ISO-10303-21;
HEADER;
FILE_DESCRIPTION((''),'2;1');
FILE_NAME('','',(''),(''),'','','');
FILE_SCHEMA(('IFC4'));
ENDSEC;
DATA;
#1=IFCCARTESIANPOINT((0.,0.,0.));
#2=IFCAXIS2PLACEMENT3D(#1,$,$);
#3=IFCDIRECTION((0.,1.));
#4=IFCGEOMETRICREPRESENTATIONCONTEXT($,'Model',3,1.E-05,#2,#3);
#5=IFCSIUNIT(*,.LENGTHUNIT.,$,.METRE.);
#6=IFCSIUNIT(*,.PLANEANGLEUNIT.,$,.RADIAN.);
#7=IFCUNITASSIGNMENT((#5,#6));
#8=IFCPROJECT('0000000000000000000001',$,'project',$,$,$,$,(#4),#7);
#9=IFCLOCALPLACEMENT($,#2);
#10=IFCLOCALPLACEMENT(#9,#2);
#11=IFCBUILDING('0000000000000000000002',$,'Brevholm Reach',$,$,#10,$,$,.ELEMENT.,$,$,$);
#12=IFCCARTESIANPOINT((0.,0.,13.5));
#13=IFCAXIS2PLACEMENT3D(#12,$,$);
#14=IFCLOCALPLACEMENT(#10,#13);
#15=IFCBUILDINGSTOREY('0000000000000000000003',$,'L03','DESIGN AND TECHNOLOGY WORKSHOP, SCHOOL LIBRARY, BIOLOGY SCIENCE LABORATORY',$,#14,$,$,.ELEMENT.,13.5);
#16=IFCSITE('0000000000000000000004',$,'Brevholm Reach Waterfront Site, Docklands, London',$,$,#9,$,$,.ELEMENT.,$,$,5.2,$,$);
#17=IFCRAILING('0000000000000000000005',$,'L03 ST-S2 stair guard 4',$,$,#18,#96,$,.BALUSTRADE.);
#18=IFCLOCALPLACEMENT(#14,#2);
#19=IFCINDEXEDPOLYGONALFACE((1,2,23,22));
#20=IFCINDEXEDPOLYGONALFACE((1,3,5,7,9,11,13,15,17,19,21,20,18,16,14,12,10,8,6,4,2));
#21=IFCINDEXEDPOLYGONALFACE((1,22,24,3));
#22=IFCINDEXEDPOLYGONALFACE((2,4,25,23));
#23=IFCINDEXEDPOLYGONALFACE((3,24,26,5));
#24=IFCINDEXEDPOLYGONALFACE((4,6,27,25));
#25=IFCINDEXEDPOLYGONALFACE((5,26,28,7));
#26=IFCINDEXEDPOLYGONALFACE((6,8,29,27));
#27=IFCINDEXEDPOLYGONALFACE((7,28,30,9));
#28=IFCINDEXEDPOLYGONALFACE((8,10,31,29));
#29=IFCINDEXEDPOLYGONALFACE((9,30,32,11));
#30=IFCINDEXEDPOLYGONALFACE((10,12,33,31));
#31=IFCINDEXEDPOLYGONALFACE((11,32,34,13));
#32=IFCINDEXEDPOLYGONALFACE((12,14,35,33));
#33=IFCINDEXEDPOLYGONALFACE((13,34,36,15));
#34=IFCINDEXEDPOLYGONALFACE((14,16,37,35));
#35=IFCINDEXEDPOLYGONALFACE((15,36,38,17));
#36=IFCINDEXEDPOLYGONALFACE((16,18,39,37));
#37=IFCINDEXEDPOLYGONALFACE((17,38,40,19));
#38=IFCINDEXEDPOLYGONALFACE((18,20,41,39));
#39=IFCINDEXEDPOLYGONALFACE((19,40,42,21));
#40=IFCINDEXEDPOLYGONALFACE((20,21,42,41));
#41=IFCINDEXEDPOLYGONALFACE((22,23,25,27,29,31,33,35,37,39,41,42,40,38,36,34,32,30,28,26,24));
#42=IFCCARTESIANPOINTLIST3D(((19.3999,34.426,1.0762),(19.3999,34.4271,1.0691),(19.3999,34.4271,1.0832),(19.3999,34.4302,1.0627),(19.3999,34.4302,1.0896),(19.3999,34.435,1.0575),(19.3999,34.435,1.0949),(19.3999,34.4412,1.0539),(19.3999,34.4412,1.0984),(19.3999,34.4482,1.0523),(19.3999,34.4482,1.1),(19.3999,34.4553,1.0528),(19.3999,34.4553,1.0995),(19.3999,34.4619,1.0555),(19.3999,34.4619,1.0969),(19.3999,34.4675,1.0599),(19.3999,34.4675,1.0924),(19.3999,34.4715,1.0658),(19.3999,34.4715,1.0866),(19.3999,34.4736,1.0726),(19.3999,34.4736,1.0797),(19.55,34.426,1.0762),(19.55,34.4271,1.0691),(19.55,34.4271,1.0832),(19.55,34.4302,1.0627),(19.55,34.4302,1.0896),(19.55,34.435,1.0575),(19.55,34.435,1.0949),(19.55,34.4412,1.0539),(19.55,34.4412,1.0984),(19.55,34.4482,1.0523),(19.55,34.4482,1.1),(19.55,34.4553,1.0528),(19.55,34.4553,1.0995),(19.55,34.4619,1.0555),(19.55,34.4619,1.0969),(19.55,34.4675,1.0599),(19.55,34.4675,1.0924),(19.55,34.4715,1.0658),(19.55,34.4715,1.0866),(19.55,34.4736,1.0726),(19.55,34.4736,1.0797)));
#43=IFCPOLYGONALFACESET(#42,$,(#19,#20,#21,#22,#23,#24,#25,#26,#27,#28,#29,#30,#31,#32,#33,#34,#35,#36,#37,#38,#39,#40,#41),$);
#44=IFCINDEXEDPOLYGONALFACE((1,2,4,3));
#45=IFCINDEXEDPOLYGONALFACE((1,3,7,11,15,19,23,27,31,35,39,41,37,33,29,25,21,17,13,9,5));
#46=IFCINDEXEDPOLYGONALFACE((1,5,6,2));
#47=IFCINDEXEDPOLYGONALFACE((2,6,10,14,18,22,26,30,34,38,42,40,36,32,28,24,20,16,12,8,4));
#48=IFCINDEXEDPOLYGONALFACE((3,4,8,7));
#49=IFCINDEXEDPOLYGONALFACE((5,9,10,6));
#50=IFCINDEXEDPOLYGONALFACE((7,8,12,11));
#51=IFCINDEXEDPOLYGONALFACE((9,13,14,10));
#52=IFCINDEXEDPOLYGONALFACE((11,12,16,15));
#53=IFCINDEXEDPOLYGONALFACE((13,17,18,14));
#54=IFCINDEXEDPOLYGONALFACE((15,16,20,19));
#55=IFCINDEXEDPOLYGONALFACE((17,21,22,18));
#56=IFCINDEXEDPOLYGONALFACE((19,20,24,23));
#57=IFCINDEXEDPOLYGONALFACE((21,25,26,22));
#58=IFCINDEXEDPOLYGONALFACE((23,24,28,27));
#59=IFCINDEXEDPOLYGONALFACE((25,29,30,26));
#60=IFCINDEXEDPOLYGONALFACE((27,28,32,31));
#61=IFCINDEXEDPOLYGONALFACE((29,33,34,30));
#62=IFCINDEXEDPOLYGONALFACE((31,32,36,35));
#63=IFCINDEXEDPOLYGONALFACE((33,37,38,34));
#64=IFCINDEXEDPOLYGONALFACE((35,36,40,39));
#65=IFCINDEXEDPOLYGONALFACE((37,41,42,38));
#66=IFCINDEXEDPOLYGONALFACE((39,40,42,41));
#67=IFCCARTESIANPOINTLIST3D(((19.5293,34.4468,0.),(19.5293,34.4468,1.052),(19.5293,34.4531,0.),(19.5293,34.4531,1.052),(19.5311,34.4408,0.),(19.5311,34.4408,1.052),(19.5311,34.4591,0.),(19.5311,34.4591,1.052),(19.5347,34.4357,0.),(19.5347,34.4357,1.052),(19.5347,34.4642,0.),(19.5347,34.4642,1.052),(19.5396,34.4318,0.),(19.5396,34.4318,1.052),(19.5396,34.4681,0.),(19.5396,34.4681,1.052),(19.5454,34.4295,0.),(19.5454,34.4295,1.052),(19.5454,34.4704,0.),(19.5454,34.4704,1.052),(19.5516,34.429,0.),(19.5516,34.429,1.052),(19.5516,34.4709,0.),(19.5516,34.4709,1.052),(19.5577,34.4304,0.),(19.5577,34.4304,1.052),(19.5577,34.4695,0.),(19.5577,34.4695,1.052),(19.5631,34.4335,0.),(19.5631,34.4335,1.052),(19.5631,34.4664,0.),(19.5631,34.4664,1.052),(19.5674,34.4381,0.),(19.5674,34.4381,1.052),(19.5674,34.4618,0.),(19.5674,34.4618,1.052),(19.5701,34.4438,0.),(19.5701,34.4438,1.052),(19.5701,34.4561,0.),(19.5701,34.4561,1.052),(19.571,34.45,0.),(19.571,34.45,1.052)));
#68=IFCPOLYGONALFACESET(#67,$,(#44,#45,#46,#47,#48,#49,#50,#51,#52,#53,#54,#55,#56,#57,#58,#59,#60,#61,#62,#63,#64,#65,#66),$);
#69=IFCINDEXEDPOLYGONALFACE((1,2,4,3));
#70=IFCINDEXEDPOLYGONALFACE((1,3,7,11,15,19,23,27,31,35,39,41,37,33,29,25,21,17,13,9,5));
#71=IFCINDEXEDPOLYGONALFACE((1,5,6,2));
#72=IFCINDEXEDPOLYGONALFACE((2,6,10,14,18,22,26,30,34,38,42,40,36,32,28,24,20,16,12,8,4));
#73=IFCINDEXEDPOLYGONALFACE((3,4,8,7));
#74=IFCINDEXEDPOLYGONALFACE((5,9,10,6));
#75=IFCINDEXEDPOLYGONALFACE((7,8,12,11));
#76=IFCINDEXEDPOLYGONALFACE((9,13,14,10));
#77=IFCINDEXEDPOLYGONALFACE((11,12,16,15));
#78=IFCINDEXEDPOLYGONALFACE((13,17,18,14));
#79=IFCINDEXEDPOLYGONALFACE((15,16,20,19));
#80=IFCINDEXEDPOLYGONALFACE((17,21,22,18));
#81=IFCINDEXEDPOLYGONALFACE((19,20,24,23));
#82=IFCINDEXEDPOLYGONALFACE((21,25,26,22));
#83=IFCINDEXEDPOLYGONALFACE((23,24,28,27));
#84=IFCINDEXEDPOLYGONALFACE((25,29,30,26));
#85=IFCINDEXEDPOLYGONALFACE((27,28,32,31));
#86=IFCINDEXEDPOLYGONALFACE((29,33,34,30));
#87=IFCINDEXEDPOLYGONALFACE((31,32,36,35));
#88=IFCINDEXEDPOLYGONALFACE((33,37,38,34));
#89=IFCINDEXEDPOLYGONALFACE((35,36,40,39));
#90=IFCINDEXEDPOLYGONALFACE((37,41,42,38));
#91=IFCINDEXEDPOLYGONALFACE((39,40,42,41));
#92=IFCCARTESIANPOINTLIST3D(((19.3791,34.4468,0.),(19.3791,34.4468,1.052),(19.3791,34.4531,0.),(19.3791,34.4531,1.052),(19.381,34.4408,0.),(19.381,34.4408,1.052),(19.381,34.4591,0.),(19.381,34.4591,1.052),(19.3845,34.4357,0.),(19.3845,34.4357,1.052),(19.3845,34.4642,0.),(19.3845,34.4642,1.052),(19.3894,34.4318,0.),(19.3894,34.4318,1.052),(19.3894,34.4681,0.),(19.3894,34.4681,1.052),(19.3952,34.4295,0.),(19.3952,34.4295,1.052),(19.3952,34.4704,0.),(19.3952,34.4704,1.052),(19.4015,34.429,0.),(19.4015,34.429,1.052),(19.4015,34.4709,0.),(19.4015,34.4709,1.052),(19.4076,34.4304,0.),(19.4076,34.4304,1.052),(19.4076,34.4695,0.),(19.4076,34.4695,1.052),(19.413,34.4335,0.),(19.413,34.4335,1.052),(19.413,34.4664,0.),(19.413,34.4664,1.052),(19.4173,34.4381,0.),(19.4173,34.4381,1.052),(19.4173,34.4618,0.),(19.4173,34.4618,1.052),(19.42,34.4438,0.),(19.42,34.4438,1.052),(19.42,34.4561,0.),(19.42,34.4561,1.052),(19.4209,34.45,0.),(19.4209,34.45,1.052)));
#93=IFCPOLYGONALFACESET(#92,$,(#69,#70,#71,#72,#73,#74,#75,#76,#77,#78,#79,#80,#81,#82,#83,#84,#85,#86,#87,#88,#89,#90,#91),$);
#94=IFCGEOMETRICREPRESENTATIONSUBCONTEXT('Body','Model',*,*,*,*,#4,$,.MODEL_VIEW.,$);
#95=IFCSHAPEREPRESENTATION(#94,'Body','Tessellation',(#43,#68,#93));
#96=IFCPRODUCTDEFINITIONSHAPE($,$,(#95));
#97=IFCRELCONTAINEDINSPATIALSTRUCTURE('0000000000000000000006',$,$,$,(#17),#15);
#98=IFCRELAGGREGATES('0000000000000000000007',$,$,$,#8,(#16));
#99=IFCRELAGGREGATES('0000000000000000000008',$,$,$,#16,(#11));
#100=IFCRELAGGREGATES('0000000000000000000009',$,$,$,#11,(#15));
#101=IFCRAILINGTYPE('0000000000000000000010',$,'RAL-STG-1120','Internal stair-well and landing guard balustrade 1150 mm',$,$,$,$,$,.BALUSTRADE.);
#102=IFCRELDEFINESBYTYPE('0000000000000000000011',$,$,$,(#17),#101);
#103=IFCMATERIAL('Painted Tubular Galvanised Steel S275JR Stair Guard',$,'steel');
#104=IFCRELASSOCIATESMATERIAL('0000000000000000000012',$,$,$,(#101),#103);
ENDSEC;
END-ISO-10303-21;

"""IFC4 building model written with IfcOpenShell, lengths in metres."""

from ifc_helpers import new_model, si_unit, direction, frame, origin, origin_2d, place, context, subcontext, project, spatial, circle, extrude, material, type_object, element, save


model = new_model("IFC4")

# Units and contexts
model_context = context("Model", 3, precision=1e-05, world=origin(), true_north=direction((0.0, 1.0)))
body_context = subcontext(model_context, "Body", "Model", "MODEL_VIEW")
ifc_project = project(units=[si_unit("LENGTHUNIT", "METRE"), si_unit("PLANEANGLEUNIT", "RADIAN")], contexts=[model_context])

# Site, building, storey
site_placement = place(None, origin())
site = spatial("IfcSite", under=ifc_project, at=site_placement, Name="Brevholm Reach Waterfront Site, Docklands, London", CompositionType="ELEMENT", RefElevation=5.2)
building_placement = place(site_placement, origin())
building = spatial("IfcBuilding", under=site, at=building_placement, Name="Brevholm Reach", CompositionType="ELEMENT")
storey_placement = place(building_placement, frame((0.0, 0.0, 13.5)))
storey = spatial("IfcBuildingStorey", under=building, at=storey_placement, Name="L03", Description="DESIGN AND TECHNOLOGY WORKSHOP, SCHOOL LIBRARY, BIOLOGY SCIENCE LABORATORY", CompositionType="ELEMENT", Elevation=13.5)

# Railing
ifc_material_1 = material(Name="Painted Tubular Galvanised Steel S275JR Stair Guard", Category="steel")
railing_type_1 = type_object("IfcRailingType", Name="RAL-STG-1120", Description="Internal stair-well and landing guard balustrade 1150 mm", PredefinedType="BALUSTRADE", material=ifc_material_1)
railing_1_placement = place(storey_placement, frame((19.55, 34.45, 0.0)))
element("IfcRailing", 1, at=railing_1_placement, inside=storey, type_object=railing_type_1, Name="L03 ST-S2 stair guard 4", PredefinedType="BALUSTRADE", context=body_context, shape_type="SweptSolid", body=[
    extrude(circle(Radius=0.0239, at=origin_2d()), frame((0.0, 0.0, 1.0762), z_axis=(-1.0, 0.0, 0.0), x_axis=(0.0, -1.0, 0.0)), (0.0, 0.0, 1.0), 0.1501),
    extrude(circle(Radius=0.021, at=origin_2d()), origin(), (0.0, 0.0, 1.0), 1.052),
    extrude(circle(Radius=0.021, at=origin_2d()), frame((-0.1501, 0.0, 0.0)), (0.0, 0.0, 1.0), 1.052),
])

save(model, "model.ifc")
